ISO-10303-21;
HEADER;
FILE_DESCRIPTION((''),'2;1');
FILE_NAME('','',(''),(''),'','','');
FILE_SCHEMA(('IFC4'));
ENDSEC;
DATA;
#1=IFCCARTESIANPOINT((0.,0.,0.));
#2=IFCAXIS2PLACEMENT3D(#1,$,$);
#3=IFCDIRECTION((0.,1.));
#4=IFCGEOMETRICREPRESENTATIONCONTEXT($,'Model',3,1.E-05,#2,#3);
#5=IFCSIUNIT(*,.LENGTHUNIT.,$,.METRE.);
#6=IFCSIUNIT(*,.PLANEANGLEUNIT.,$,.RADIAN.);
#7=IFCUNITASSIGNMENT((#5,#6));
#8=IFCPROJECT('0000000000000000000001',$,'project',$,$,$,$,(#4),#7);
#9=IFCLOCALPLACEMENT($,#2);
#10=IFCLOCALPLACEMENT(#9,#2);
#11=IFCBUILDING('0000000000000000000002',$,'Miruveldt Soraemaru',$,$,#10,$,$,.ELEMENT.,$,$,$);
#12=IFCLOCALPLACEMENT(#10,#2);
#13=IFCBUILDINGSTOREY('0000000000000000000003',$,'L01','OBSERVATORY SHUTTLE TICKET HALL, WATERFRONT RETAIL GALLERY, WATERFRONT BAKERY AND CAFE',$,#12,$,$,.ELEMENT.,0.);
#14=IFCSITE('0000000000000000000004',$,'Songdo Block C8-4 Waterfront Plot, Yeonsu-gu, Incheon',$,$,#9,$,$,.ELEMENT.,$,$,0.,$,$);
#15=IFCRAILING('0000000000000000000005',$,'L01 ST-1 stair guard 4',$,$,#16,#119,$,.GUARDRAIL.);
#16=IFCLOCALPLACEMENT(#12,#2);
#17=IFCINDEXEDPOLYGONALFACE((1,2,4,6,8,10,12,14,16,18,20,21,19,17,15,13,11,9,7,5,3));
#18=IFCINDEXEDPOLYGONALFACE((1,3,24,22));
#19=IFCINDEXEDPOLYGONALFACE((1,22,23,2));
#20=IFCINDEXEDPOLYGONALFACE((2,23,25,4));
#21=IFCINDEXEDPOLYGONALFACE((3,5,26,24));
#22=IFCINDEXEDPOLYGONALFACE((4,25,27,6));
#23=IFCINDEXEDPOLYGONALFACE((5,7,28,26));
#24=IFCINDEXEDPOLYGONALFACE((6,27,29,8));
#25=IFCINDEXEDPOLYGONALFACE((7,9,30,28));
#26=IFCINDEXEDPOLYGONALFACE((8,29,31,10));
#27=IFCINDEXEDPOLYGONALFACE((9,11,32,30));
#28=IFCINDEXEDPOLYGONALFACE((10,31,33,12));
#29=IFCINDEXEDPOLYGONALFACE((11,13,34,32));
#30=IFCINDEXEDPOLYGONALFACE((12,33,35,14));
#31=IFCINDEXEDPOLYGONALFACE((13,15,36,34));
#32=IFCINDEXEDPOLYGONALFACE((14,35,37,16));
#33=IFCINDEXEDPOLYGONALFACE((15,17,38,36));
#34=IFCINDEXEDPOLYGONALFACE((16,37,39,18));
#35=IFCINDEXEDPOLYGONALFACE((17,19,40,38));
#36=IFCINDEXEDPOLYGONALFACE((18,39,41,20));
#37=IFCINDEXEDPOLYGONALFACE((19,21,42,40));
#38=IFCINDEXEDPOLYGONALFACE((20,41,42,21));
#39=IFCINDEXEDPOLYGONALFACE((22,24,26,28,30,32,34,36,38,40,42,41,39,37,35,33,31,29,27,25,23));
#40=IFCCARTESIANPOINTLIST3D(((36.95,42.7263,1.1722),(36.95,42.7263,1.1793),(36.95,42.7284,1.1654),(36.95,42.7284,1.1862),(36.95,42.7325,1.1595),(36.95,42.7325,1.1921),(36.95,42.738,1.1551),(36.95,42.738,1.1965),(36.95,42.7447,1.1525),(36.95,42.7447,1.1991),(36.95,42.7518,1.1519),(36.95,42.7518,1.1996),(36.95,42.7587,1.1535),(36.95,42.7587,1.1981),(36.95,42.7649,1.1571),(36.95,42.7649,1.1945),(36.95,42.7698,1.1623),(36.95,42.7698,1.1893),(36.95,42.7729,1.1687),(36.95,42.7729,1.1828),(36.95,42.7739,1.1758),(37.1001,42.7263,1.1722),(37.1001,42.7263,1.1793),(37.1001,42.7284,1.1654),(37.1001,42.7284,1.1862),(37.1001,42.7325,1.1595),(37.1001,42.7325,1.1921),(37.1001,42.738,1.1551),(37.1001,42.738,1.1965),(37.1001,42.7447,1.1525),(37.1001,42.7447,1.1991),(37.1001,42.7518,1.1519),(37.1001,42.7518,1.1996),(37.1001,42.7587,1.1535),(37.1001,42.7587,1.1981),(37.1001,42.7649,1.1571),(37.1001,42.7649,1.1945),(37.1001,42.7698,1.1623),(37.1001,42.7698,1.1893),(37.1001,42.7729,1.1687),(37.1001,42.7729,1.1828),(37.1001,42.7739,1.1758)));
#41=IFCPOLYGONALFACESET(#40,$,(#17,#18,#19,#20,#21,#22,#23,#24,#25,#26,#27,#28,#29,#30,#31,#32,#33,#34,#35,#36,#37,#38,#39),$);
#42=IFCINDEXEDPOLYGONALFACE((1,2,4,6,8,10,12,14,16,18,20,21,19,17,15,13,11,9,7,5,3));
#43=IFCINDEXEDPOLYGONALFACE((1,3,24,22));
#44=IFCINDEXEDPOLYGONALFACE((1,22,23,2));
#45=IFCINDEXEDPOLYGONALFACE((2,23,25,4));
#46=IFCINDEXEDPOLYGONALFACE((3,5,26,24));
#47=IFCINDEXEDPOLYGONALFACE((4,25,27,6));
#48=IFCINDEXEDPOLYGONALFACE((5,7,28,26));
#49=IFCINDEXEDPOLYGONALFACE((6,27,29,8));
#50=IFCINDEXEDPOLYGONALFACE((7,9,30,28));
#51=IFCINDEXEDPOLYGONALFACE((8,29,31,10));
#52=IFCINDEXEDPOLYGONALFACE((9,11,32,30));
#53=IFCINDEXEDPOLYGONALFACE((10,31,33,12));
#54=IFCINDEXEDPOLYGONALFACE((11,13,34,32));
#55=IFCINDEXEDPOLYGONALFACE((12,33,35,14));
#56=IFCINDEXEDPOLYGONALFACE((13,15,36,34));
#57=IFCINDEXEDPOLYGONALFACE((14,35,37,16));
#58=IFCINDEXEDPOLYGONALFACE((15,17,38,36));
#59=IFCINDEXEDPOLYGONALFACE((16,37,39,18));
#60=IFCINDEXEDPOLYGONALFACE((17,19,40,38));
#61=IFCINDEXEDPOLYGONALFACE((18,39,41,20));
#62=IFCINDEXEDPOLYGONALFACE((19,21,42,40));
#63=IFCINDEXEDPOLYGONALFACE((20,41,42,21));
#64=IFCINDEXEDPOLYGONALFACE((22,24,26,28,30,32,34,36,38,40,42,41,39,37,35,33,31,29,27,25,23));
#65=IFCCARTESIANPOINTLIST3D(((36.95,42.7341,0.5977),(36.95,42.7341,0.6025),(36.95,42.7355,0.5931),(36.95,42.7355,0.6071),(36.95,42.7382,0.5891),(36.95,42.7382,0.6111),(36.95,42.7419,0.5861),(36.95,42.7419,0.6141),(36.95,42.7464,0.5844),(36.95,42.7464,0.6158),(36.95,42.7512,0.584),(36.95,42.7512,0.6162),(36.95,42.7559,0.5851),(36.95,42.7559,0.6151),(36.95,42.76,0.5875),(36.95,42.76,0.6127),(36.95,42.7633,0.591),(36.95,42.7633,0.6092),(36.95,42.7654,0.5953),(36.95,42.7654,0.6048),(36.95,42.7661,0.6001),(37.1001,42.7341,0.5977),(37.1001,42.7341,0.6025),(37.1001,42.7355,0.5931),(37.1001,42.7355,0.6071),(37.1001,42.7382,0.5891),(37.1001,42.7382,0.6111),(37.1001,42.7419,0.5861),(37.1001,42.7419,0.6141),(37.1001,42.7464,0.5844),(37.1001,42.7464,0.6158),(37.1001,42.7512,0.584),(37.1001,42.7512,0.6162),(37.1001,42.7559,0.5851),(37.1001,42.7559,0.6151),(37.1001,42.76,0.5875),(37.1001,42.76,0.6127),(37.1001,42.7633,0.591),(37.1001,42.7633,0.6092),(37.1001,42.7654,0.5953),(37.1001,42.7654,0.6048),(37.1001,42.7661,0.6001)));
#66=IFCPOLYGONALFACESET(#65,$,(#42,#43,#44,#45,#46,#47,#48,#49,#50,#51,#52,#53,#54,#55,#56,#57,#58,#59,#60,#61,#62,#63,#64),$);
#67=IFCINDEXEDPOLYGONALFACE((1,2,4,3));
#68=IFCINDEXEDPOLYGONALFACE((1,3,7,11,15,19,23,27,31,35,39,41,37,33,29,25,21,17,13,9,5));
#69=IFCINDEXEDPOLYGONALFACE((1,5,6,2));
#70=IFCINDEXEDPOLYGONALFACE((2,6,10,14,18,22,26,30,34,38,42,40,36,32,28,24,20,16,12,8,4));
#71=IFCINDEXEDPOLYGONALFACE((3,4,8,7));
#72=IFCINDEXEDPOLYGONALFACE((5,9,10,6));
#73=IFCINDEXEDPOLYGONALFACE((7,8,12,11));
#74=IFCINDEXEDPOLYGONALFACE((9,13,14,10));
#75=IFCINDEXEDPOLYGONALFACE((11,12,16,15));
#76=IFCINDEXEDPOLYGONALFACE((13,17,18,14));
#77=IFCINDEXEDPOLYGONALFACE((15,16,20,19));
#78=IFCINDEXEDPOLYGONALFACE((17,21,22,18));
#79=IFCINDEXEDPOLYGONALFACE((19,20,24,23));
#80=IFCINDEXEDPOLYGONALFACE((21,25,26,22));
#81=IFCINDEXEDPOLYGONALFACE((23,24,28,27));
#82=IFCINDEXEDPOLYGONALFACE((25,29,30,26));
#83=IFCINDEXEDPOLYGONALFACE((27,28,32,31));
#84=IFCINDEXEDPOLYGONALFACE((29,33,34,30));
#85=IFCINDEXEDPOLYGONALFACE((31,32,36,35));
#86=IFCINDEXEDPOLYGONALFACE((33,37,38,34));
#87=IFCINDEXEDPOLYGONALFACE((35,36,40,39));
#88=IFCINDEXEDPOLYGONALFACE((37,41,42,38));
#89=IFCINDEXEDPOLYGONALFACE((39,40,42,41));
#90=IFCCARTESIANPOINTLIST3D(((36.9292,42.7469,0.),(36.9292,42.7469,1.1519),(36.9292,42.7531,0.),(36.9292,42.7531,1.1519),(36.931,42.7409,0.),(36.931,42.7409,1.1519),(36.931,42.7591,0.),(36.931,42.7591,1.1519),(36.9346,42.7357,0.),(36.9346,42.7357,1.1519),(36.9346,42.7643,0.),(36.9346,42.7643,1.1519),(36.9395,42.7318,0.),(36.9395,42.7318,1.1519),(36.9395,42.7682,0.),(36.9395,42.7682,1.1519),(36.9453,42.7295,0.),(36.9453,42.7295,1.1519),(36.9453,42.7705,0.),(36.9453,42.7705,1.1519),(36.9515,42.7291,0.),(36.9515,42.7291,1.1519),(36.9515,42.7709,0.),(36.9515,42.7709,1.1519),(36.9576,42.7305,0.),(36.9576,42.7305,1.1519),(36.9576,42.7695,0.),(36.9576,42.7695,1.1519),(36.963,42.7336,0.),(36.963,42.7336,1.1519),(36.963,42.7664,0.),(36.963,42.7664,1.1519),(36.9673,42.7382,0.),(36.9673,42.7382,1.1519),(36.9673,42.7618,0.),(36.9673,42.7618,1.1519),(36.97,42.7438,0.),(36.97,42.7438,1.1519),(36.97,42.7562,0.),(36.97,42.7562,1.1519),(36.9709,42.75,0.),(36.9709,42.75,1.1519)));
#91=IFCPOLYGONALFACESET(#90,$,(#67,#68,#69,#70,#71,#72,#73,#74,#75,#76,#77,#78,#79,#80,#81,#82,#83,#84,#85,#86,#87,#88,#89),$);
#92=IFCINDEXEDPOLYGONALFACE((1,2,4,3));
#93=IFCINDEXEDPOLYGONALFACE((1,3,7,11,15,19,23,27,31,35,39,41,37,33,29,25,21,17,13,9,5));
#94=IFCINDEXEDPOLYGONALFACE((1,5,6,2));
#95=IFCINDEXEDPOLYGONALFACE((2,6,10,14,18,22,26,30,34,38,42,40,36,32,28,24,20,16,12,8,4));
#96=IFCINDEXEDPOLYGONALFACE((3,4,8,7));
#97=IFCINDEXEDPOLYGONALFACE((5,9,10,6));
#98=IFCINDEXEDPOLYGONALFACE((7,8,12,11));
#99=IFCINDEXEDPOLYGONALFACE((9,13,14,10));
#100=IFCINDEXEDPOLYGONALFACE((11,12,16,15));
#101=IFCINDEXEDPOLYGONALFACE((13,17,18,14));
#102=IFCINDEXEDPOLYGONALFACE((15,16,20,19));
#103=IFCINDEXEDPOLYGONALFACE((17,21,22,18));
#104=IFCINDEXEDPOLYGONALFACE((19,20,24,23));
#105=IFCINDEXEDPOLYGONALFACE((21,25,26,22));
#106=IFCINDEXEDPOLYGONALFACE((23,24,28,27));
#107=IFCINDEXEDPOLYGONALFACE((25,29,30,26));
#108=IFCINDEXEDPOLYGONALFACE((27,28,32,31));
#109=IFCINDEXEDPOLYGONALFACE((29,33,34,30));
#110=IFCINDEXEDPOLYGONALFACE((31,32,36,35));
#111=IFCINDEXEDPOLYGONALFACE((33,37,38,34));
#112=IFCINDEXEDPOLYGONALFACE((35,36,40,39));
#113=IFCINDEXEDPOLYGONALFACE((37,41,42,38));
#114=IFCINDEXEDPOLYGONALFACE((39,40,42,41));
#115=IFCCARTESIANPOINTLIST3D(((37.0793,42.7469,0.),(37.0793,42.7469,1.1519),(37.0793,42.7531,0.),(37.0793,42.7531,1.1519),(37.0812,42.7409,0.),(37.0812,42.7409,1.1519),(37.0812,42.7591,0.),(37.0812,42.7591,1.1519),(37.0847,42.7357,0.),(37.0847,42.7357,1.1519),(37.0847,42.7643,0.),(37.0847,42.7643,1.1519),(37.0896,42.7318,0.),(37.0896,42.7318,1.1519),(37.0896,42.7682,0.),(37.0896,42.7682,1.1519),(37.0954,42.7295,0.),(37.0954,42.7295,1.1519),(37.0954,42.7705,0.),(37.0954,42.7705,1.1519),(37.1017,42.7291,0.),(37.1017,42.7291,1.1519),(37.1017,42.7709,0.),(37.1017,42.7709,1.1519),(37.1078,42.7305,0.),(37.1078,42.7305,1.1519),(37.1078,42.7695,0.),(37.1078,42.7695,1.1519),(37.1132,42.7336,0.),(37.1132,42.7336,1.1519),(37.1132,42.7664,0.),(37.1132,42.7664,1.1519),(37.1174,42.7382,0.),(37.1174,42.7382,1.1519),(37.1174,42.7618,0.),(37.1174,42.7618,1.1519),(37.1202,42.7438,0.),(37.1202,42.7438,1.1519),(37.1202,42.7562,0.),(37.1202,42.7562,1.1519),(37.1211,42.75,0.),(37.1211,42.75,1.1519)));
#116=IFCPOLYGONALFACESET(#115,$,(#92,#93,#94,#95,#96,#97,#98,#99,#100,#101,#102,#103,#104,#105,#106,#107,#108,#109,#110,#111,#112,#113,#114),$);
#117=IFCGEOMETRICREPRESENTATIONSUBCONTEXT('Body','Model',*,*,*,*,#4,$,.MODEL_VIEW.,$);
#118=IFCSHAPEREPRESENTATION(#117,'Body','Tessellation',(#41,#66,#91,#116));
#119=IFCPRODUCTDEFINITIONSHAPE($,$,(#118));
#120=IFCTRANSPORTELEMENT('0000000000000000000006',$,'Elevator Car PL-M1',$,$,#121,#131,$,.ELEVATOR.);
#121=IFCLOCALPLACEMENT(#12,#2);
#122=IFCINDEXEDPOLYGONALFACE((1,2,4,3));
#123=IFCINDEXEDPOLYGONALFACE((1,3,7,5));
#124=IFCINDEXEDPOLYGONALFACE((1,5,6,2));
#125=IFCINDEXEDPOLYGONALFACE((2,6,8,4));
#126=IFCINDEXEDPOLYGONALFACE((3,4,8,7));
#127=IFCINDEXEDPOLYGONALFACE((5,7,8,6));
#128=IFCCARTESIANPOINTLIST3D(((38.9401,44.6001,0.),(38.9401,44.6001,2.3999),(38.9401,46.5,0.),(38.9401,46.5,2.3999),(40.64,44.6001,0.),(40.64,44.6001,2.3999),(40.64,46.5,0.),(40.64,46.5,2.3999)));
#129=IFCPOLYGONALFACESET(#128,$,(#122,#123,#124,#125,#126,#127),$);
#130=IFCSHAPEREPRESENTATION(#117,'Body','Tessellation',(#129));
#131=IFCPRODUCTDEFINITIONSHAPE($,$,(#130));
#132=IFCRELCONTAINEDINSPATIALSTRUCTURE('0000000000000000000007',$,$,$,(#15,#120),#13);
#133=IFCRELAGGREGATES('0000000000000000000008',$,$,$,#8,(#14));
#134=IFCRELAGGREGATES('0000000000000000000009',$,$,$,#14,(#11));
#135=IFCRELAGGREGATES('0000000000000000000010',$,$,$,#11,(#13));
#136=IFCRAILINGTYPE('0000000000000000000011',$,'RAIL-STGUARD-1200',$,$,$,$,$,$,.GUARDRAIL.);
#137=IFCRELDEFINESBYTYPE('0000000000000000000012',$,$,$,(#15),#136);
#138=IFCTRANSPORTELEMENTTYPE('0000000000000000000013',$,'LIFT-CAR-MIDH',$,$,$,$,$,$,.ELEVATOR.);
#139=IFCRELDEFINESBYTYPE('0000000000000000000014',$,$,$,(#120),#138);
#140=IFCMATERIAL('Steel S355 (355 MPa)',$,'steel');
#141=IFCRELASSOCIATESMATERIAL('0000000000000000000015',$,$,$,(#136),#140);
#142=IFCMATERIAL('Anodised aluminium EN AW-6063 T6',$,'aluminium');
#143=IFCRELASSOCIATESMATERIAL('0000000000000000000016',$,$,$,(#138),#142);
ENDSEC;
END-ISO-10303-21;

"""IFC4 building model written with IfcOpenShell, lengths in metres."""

from ifc_helpers import new_model, si_unit, direction, frame, origin, origin_2d, place, context, subcontext, project, spatial, rectangle, circle, extrude, material, type_object, element, save


model = new_model("IFC4")

# Units and contexts
model_context = context("Model", 3, precision=1e-05, world=origin(), true_north=direction((0.0, 1.0)))
body_context = subcontext(model_context, "Body", "Model", "MODEL_VIEW")
ifc_project = project(units=[si_unit("LENGTHUNIT", "METRE"), si_unit("PLANEANGLEUNIT", "RADIAN")], contexts=[model_context])

# Site, building, storey
site_placement = place(None, origin())
site = spatial("IfcSite", under=ifc_project, at=site_placement, Name="Songdo Block C8-4 Waterfront Plot, Yeonsu-gu, Incheon", CompositionType="ELEMENT", RefElevation=0.0)
building_placement = place(site_placement, origin())
building = spatial("IfcBuilding", under=site, at=building_placement, Name="Miruveldt Soraemaru", CompositionType="ELEMENT")
storey_placement = place(building_placement, origin())
storey = spatial("IfcBuildingStorey", under=building, at=storey_placement, Name="L01", Description="OBSERVATORY SHUTTLE TICKET HALL, WATERFRONT RETAIL GALLERY, WATERFRONT BAKERY AND CAFE", CompositionType="ELEMENT", Elevation=0.0)

# Shared definitions
ifc_material_1 = material(Name="Anodised aluminium EN AW-6063 T6", Category="aluminium")

# Railing
ifc_material_2 = material(Name="Steel S355 (355 MPa)", Category="steel")
railing_type = type_object("IfcRailingType", Name="RAIL-STGUARD-1200", PredefinedType="GUARDRAIL", material=ifc_material_2)
railing_1_placement = place(storey_placement, frame((36.95, 42.75, 0.0)))
element("IfcRailing", 1, at=railing_1_placement, inside=storey, type_object=railing_type, Name="L01 ST-1 stair guard 4", PredefinedType="GUARDRAIL", context=body_context, shape_type="SweptSolid", body=[
    extrude(circle(Radius=0.0239, at=origin_2d()), frame((0.0, 0.0, 1.1758), z_axis=(1.0, 0.0, 0.0), x_axis=(0.0, 1.0, 0.0)), (0.0, 0.0, 1.0), 0.1501),
    extrude(circle(Radius=0.0161, at=origin_2d()), frame((0.0, 0.0, 0.6001), z_axis=(1.0, 0.0, 0.0), x_axis=(0.0, 1.0, 0.0)), (0.0, 0.0, 1.0), 0.1501),
    extrude(circle(Radius=0.021, at=origin_2d()), origin(), (0.0, 0.0, 1.0), 1.1519),
    extrude(circle(Radius=0.021, at=origin_2d()), frame((0.1501, 0.0, 0.0)), (0.0, 0.0, 1.0), 1.1519),
])

# Transport element
transport_element_type = type_object("IfcTransportElementType", Name="LIFT-CAR-MIDH", PredefinedType="ELEVATOR", material=ifc_material_1)
transport_element_placement = place(storey_placement, frame((39.79, 45.55, 0.0), z_axis=(0.0, 0.0, 1.0), x_axis=(1.0, 0.0, 0.0)))
element("IfcTransportElement", 2, at=transport_element_placement, inside=storey, type_object=transport_element_type, Name="Elevator Car PL-M1", PredefinedType="ELEVATOR", context=body_context, shape_type="SweptSolid", body=[
    extrude(rectangle(XDim=1.7, YDim=1.8999, at=origin_2d()), origin(), (0.0, 0.0, 1.0), 2.3999),
])

save(model, "model.ifc")
